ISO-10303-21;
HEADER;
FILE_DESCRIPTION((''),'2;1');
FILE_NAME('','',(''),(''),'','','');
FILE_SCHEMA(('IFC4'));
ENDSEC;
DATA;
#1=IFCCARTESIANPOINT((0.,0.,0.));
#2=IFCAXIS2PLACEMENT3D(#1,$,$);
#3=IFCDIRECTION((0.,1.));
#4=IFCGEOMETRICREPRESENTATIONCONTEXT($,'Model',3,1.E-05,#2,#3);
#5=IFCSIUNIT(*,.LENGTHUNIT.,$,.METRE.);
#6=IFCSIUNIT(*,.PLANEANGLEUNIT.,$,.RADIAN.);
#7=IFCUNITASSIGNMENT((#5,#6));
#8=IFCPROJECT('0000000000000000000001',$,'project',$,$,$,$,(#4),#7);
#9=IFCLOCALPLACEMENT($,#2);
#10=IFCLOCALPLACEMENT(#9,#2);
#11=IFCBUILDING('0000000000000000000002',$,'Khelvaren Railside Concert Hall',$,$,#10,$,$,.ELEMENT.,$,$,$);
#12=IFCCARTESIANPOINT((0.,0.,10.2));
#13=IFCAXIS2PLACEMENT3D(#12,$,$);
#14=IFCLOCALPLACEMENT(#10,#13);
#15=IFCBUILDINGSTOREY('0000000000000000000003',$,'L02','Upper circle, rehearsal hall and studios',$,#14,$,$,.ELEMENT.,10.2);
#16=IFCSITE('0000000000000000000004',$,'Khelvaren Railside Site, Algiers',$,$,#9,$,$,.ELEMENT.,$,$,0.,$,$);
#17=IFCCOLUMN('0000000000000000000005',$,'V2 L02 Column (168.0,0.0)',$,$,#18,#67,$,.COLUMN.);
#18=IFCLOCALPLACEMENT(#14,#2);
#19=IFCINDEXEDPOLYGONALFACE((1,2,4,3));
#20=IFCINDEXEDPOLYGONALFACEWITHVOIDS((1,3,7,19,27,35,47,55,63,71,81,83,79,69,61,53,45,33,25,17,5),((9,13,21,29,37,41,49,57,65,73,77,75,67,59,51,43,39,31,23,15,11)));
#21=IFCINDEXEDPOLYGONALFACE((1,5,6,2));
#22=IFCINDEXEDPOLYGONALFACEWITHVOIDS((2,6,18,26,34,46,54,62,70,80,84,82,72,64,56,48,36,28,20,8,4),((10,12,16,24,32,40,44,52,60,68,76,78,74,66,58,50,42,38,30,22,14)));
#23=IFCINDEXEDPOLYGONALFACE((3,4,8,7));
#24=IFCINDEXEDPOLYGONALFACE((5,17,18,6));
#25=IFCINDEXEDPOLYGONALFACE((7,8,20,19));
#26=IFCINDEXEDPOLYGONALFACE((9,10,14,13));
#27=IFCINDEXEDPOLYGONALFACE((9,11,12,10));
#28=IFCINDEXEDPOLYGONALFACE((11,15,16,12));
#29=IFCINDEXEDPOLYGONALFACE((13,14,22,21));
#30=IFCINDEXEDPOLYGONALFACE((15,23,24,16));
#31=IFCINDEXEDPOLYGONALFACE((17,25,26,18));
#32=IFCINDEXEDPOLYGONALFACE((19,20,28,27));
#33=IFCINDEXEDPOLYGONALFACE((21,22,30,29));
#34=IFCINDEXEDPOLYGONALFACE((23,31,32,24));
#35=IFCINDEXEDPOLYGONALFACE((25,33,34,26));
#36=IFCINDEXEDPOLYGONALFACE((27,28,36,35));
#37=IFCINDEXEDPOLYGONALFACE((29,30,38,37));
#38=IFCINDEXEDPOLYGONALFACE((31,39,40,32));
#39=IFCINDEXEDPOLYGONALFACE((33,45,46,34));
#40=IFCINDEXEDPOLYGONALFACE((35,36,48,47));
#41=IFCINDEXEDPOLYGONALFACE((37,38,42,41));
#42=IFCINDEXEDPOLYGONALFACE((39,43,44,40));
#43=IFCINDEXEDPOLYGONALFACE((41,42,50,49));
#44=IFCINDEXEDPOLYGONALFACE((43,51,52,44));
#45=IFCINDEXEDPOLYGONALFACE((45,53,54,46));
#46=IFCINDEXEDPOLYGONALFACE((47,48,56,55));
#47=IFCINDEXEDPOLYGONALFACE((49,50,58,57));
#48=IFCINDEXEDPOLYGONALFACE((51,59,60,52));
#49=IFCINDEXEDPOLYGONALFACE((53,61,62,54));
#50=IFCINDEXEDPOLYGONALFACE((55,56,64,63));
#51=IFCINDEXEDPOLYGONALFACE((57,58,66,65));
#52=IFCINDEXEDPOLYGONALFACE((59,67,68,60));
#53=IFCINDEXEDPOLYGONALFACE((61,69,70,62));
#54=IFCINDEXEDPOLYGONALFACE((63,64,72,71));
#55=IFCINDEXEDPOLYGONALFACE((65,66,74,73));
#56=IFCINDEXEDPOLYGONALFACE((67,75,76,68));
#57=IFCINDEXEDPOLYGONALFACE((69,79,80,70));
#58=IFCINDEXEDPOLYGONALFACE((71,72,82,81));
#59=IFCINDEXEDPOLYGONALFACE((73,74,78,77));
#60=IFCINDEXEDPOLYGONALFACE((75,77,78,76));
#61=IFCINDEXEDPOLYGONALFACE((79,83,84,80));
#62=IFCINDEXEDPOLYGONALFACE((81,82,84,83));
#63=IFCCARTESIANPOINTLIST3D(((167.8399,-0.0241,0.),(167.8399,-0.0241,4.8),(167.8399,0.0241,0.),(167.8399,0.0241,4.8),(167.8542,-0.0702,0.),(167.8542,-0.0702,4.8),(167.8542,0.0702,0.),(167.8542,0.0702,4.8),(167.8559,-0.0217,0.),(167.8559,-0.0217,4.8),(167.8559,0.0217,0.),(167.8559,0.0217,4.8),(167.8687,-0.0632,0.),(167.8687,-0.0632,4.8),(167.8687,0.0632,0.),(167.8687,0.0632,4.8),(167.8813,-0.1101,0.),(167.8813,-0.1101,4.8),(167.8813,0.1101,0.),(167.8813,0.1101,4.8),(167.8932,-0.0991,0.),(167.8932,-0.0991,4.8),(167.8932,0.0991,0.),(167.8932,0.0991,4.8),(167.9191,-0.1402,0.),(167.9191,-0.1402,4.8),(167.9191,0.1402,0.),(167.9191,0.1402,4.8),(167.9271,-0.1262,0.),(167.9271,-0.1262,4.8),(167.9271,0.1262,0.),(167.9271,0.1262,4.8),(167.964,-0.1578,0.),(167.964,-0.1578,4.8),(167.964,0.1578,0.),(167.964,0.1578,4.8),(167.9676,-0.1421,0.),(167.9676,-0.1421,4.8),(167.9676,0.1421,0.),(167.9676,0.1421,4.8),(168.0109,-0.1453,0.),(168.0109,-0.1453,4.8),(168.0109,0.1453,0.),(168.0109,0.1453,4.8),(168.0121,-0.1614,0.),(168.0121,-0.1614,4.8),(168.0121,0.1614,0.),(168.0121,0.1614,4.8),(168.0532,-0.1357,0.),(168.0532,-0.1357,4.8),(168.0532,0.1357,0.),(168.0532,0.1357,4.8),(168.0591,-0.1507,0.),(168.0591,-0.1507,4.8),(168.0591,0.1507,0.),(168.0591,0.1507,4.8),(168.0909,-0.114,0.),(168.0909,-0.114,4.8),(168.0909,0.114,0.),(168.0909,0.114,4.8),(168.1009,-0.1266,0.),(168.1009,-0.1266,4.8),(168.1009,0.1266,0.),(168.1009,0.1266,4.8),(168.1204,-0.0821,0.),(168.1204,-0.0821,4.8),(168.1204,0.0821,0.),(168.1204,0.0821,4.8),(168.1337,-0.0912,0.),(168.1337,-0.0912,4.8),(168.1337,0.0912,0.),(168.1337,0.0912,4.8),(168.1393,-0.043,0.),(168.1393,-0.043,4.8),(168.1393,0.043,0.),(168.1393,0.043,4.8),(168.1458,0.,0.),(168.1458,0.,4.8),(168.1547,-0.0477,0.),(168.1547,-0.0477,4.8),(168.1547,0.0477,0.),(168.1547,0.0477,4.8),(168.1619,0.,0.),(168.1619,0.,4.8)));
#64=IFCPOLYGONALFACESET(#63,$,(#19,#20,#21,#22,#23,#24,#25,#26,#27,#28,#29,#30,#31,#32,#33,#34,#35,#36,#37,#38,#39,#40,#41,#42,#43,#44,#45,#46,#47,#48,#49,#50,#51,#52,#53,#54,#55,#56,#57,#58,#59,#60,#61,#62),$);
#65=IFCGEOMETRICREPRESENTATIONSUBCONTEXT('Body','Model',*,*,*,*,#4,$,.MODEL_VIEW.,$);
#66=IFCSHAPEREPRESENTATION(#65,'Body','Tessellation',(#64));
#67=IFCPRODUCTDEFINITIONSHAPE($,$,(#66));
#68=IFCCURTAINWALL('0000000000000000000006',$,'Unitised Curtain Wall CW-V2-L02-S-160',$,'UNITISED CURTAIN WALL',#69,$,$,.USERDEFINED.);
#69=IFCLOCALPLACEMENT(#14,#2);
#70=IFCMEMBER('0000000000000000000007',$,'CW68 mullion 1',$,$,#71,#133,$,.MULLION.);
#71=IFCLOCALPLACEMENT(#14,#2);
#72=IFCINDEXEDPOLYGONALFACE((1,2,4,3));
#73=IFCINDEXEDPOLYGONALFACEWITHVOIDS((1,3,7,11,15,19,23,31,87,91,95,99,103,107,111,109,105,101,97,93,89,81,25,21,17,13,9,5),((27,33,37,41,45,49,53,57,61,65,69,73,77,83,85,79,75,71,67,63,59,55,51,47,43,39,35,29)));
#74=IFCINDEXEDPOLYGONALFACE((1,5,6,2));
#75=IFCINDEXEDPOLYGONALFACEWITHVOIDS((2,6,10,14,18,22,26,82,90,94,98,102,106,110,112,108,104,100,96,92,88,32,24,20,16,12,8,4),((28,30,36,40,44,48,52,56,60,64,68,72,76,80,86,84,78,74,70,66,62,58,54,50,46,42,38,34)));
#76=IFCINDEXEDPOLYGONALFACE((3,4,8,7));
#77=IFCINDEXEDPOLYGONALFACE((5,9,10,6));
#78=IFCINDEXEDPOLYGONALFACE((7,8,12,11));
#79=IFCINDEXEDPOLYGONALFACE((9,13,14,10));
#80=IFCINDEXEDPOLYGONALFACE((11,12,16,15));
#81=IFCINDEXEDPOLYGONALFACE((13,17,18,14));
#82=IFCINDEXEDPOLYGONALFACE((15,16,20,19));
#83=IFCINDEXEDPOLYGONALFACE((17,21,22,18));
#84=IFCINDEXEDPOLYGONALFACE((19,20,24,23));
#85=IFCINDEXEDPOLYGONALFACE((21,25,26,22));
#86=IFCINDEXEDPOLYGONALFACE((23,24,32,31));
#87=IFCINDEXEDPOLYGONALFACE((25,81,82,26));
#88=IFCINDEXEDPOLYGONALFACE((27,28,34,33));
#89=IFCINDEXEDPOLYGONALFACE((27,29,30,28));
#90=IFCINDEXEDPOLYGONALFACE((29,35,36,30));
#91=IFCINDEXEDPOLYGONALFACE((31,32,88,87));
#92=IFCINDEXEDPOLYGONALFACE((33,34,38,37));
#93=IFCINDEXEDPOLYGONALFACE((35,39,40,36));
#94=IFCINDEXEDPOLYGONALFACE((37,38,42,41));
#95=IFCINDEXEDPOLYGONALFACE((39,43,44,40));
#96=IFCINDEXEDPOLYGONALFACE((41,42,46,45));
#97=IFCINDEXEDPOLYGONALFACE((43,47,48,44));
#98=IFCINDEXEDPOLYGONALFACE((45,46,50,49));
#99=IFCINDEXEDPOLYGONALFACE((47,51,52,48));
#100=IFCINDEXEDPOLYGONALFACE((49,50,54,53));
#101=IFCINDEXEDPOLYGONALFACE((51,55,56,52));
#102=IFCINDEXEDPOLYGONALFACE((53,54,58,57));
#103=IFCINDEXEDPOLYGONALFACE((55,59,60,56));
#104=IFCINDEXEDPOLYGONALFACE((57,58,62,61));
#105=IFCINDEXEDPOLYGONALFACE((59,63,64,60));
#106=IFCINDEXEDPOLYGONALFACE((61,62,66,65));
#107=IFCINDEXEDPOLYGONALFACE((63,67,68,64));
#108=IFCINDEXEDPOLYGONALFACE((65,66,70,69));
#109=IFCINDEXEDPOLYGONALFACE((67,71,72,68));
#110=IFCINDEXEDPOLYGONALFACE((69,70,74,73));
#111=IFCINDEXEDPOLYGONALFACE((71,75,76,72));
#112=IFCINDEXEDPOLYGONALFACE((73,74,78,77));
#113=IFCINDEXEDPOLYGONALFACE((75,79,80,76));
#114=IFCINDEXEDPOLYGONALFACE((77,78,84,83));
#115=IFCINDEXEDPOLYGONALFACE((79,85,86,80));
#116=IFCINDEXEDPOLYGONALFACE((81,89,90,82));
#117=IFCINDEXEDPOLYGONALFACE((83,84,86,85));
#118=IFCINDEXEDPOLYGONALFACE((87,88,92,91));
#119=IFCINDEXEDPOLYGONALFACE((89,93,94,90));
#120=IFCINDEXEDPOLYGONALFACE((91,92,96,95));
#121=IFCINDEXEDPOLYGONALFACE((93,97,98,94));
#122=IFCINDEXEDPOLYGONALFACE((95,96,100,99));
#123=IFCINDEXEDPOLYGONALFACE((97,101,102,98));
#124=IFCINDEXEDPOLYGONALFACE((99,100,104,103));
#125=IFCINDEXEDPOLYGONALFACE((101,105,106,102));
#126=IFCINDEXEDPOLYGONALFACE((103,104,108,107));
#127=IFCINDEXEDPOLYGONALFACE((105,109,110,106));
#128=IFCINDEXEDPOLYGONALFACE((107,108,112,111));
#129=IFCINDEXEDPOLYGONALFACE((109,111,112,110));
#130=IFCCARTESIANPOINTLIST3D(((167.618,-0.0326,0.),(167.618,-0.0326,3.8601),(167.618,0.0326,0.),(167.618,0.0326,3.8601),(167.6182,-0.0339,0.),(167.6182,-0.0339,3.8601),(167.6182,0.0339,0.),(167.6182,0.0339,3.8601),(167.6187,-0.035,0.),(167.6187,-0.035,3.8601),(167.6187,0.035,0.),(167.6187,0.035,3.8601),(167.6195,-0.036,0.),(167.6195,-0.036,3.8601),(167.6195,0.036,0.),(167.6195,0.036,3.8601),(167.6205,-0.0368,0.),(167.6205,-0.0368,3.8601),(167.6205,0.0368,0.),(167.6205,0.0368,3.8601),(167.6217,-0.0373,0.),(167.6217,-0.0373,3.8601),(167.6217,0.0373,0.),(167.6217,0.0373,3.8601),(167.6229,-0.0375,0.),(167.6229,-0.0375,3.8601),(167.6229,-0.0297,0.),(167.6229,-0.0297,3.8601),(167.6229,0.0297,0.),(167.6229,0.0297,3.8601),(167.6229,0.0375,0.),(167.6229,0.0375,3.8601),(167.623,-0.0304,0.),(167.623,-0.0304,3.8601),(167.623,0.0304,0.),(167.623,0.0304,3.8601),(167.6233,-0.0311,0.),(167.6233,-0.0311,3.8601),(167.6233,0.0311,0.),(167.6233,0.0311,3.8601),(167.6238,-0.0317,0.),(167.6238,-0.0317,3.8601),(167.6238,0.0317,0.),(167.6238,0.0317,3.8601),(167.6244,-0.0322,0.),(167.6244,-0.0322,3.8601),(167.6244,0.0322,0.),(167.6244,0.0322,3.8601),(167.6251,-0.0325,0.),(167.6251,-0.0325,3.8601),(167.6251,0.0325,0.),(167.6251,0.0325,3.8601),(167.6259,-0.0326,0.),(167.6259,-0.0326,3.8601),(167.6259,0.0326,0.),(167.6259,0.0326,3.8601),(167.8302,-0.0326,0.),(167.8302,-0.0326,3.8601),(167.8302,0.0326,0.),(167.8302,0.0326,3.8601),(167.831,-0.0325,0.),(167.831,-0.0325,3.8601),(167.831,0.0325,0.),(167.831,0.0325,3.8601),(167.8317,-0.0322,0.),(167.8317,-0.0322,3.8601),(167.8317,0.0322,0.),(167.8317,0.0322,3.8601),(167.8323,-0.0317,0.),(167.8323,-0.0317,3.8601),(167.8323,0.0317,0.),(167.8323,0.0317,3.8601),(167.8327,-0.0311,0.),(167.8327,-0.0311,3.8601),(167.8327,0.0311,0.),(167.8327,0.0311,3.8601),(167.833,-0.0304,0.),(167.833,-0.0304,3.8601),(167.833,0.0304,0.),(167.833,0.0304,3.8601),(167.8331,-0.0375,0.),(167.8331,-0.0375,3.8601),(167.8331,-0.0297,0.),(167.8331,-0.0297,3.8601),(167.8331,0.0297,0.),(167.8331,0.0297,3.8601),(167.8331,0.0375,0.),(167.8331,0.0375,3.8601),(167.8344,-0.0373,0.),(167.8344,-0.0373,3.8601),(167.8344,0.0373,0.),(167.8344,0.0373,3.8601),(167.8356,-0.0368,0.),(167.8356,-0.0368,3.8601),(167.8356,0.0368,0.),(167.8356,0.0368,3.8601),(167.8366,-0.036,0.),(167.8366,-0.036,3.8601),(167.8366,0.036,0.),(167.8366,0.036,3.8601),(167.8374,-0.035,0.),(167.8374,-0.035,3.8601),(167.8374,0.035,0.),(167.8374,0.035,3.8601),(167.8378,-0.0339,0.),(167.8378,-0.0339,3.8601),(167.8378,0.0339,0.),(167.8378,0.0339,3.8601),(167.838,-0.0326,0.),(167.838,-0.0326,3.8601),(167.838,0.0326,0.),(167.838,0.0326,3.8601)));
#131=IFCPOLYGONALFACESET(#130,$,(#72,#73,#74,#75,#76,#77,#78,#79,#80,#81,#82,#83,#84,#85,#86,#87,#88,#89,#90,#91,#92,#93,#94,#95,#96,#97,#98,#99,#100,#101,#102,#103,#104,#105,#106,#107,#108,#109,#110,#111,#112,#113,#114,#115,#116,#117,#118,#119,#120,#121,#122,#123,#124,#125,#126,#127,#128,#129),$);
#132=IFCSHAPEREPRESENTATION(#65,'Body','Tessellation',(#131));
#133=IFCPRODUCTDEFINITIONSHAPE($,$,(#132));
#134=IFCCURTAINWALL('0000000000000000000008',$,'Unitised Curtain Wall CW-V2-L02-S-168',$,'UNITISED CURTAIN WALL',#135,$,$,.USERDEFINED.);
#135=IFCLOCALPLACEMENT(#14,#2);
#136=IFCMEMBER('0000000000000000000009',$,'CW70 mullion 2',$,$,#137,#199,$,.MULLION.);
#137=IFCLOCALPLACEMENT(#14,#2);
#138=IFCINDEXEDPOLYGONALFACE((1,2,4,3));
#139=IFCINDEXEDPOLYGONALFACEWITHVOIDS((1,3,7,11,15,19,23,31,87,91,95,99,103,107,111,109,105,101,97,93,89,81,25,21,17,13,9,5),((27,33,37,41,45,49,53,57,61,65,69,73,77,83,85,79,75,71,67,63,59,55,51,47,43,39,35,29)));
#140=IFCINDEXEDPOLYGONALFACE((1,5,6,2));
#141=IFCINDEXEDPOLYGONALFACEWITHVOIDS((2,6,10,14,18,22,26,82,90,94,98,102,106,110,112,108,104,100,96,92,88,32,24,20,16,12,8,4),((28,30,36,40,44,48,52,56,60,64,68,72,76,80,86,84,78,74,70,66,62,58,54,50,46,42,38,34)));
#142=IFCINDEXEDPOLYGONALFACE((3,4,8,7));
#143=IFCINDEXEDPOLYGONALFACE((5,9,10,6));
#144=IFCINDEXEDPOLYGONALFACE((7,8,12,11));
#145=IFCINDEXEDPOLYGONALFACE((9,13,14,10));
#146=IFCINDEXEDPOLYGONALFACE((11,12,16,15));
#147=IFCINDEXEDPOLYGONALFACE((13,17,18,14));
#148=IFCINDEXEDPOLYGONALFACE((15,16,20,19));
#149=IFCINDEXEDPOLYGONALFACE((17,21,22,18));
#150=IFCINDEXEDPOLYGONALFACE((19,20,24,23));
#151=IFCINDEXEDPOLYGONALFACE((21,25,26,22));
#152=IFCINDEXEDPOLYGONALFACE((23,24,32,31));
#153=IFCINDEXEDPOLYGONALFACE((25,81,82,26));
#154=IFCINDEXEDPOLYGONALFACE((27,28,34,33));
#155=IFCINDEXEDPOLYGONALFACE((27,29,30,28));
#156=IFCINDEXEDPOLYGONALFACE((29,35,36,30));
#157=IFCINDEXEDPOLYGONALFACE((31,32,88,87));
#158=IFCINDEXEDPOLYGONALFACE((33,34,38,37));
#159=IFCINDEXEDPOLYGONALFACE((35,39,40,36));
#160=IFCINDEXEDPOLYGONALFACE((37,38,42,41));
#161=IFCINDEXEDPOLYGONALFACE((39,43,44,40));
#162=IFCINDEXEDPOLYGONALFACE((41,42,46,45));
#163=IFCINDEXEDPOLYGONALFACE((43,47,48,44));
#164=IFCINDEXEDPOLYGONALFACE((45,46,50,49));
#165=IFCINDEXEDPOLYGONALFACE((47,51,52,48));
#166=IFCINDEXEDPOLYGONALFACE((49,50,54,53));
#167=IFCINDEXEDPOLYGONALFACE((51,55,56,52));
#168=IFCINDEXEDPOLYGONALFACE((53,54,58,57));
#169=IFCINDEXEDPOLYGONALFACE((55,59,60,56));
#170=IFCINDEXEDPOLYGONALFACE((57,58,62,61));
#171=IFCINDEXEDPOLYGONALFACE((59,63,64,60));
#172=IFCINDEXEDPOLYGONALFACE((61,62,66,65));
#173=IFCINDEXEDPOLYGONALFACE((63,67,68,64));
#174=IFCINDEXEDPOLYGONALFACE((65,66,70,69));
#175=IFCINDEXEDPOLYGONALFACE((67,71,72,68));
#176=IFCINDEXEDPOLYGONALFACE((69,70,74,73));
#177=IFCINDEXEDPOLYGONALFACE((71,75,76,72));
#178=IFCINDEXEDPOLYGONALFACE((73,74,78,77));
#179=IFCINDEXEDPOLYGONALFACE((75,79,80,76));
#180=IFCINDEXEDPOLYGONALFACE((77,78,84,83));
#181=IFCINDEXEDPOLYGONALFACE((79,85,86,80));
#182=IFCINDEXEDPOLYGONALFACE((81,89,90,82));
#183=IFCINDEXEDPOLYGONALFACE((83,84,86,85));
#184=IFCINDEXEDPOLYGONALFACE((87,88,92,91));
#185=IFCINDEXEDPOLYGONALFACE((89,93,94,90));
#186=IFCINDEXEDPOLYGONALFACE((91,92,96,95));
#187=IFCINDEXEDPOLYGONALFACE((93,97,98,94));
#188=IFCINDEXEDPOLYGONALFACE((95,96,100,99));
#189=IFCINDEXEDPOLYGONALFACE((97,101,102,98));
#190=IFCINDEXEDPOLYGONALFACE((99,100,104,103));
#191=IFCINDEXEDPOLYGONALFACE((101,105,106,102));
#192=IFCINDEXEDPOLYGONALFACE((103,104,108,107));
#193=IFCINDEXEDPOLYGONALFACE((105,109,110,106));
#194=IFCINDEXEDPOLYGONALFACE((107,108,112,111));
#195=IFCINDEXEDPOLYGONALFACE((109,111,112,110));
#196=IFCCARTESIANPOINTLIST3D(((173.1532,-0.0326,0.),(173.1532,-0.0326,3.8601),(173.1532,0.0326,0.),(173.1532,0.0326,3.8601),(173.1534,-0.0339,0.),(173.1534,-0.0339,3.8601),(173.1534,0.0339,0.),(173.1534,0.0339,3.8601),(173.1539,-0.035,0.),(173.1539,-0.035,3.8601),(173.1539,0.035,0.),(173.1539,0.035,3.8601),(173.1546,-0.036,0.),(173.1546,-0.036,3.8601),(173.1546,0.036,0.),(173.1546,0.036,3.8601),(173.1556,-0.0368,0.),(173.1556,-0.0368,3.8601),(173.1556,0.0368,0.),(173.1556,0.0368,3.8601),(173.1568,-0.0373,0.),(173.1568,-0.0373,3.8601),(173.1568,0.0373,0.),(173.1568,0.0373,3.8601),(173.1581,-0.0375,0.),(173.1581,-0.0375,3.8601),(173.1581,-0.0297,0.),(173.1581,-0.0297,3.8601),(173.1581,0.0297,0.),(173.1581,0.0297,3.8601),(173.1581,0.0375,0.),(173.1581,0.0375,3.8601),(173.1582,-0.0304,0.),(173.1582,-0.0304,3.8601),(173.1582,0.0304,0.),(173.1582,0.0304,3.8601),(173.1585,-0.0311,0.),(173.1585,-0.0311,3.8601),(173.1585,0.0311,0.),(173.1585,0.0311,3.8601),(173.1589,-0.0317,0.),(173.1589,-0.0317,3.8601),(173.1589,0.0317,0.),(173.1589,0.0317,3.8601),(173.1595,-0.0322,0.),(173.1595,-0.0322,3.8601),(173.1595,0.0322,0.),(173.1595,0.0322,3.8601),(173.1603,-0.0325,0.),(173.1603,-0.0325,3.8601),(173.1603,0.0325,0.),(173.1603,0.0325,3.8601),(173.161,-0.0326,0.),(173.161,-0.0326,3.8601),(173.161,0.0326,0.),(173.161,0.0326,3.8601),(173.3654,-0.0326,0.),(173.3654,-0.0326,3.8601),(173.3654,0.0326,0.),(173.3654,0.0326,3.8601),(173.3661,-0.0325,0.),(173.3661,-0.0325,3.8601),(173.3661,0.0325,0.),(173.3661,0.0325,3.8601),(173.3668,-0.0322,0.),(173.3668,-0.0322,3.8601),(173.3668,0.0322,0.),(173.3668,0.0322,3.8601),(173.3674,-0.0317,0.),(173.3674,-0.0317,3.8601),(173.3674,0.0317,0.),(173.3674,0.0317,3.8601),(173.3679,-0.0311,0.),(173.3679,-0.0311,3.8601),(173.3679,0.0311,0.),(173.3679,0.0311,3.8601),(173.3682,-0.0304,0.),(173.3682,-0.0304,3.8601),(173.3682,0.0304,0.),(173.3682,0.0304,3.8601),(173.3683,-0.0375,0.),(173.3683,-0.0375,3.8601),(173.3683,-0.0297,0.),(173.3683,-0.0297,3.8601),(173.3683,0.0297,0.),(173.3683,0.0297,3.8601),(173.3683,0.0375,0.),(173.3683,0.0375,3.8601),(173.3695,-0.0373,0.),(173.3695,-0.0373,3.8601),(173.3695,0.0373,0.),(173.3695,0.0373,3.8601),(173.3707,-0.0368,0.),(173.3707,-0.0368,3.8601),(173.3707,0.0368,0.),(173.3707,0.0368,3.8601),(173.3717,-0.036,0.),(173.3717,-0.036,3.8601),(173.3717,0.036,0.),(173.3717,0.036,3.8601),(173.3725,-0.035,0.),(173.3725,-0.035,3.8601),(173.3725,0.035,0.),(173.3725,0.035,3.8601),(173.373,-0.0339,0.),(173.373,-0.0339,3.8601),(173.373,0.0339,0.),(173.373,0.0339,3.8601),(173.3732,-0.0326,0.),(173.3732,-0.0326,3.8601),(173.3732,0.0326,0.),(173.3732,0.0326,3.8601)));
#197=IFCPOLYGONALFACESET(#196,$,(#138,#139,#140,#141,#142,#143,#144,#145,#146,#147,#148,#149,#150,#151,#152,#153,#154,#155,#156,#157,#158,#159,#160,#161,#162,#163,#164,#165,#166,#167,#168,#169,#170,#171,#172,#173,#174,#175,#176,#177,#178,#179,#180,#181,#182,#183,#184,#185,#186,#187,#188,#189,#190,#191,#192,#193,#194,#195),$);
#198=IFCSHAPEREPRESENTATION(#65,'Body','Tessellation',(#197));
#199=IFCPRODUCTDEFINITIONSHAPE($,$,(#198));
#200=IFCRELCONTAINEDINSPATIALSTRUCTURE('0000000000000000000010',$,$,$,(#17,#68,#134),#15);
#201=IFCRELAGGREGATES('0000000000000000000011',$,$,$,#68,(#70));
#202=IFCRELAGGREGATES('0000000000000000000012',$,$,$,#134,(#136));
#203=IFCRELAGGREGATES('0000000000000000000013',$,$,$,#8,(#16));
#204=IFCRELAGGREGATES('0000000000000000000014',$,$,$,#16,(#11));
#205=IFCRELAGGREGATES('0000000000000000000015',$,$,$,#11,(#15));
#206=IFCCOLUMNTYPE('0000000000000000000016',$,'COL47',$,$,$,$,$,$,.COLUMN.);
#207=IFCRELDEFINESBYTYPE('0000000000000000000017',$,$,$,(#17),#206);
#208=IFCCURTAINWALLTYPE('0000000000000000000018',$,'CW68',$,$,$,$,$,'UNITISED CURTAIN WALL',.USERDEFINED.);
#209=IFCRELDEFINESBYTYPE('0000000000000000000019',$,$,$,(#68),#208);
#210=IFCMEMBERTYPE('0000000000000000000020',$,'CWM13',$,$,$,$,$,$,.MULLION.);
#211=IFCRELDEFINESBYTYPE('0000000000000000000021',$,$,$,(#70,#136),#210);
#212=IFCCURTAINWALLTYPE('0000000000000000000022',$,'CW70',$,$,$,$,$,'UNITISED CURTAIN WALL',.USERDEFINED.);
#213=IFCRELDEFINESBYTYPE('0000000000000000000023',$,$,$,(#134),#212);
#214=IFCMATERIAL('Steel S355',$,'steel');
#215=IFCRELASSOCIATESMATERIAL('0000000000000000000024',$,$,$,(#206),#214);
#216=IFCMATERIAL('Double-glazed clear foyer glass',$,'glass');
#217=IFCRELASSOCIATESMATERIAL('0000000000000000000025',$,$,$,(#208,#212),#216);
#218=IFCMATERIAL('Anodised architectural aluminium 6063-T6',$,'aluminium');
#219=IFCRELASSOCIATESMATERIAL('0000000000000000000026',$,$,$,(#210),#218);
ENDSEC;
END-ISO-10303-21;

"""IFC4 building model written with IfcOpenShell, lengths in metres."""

from ifc_helpers import new_model, si_unit, direction, frame, origin, origin_2d, place, context, subcontext, project, spatial, hollow_rectangle, hollow_circle, extrude, material, material_profile, profile_set, type_object, element, aggregate, save


model = new_model("IFC4")

# Units and contexts
model_context = context("Model", 3, precision=1e-05, world=origin(), true_north=direction((0.0, 1.0)))
body_context = subcontext(model_context, "Body", "Model", "MODEL_VIEW")
ifc_project = project(units=[si_unit("LENGTHUNIT", "METRE"), si_unit("PLANEANGLEUNIT", "RADIAN")], contexts=[model_context])

# Site, building, storey
site_placement = place(None, origin())
site = spatial("IfcSite", under=ifc_project, at=site_placement, Name="Khelvaren Railside Site, Algiers", CompositionType="ELEMENT", RefElevation=0.0)
building_placement = place(site_placement, origin())
building = spatial("IfcBuilding", under=site, at=building_placement, Name="Khelvaren Railside Concert Hall", CompositionType="ELEMENT")
storey_placement = place(building_placement, frame((0.0, 0.0, 10.2)))
storey = spatial("IfcBuildingStorey", under=building, at=storey_placement, Name="L02", Description="Upper circle, rehearsal hall and studios", CompositionType="ELEMENT", Elevation=10.2)

# Column
ifc_material_1 = material(Name="Steel S355", Category="steel")
ifc_material_profile_1 = material_profile(ifc_material_1, hollow_circle(Radius=0.1619, WallThickness=0.0161, at=origin_2d()), Name="CHS 323.9x16")
ifc_profile_set_1 = profile_set([ifc_material_profile_1], Name="Steel S355")
column_type = type_object("IfcColumnType", Name="COL47", PredefinedType="COLUMN", material=ifc_profile_set_1)
column_placement = place(storey_placement, frame((168.0, 0.0, 0.0), z_axis=(0.0, 0.0, 1.0), x_axis=(1.0, 0.0, 0.0)))
element("IfcColumn", 1, at=column_placement, inside=storey, type_object=column_type, Name="V2 L02 Column (168.0,0.0)", PredefinedType="COLUMN", context=body_context, shape_type="SweptSolid", body=[
    extrude(hollow_circle(Radius=0.1619, WallThickness=0.0161, at=origin_2d()), origin(), (0.0, 0.0, 1.0), 4.8),
])

# Curtain wall, member
ifc_material_2 = material(Name="Double-glazed clear foyer glass", Category="glass")
curtain_wall_type_1 = type_object("IfcCurtainWallType", Name="CW68", ElementType="UNITISED CURTAIN WALL", PredefinedType="USERDEFINED", material=ifc_material_2)
curtain_wall_1_placement = place(storey_placement, origin())
curtain_wall_1 = element("IfcCurtainWall", 2, at=curtain_wall_1_placement, inside=storey, type_object=curtain_wall_type_1, Name="Unitised Curtain Wall CW-V2-L02-S-160", ObjectType="UNITISED CURTAIN WALL", PredefinedType="USERDEFINED")
ifc_material_3 = material(Name="Anodised architectural aluminium 6063-T6", Category="aluminium")
ifc_material_profile_2 = material_profile(ifc_material_3, hollow_rectangle(XDim=0.075, YDim=0.22, WallThickness=0.0049, InnerFilletRadius=0.0029, OuterFilletRadius=0.0049, at=origin_2d()), Name="CWM 75x220x5")
ifc_profile_set_2 = profile_set([ifc_material_profile_2], Name="Anodised architectural aluminium 6063-T6")
member_type_1 = type_object("IfcMemberType", Name="CWM13", PredefinedType="MULLION", material=ifc_profile_set_2)
member_1_placement = place(storey_placement, frame((167.728, 0.0, 0.0), z_axis=(0.0, 0.0, 1.0), x_axis=(0.0, -1.0, 0.0)))
member_1 = element("IfcMember", 3, at=member_1_placement, type_object=member_type_1, Name="CW68 mullion 1", PredefinedType="MULLION", context=body_context, shape_type="SweptSolid", body=[
    extrude(hollow_rectangle(XDim=0.075, YDim=0.22, WallThickness=0.0049, InnerFilletRadius=0.0029, OuterFilletRadius=0.0049, at=origin_2d()), origin(), (0.0, 0.0, 1.0), 3.8601),
])

# Curtain wall, member
curtain_wall_type_2 = type_object("IfcCurtainWallType", Name="CW70", ElementType="UNITISED CURTAIN WALL", PredefinedType="USERDEFINED", material=ifc_material_2)
curtain_wall_2_placement = place(storey_placement, origin())
curtain_wall_2 = element("IfcCurtainWall", 4, at=curtain_wall_2_placement, inside=storey, type_object=curtain_wall_type_2, Name="Unitised Curtain Wall CW-V2-L02-S-168", ObjectType="UNITISED CURTAIN WALL", PredefinedType="USERDEFINED")
member_2_placement = place(storey_placement, frame((173.2632, 0.0, 0.0), z_axis=(0.0, 0.0, 1.0), x_axis=(0.0, -1.0, 0.0)))
member_2 = element("IfcMember", 5, at=member_2_placement, type_object=member_type_1, Name="CW70 mullion 2", PredefinedType="MULLION", context=body_context, shape_type="SweptSolid", body=[
    extrude(hollow_rectangle(XDim=0.075, YDim=0.22, WallThickness=0.0049, InnerFilletRadius=0.0029, OuterFilletRadius=0.0049, at=origin_2d()), origin(), (0.0, 0.0, 1.0), 3.8601),
])

aggregate(curtain_wall_1, [member_1])

aggregate(curtain_wall_2, [member_2])

save(model, "model.ifc")
